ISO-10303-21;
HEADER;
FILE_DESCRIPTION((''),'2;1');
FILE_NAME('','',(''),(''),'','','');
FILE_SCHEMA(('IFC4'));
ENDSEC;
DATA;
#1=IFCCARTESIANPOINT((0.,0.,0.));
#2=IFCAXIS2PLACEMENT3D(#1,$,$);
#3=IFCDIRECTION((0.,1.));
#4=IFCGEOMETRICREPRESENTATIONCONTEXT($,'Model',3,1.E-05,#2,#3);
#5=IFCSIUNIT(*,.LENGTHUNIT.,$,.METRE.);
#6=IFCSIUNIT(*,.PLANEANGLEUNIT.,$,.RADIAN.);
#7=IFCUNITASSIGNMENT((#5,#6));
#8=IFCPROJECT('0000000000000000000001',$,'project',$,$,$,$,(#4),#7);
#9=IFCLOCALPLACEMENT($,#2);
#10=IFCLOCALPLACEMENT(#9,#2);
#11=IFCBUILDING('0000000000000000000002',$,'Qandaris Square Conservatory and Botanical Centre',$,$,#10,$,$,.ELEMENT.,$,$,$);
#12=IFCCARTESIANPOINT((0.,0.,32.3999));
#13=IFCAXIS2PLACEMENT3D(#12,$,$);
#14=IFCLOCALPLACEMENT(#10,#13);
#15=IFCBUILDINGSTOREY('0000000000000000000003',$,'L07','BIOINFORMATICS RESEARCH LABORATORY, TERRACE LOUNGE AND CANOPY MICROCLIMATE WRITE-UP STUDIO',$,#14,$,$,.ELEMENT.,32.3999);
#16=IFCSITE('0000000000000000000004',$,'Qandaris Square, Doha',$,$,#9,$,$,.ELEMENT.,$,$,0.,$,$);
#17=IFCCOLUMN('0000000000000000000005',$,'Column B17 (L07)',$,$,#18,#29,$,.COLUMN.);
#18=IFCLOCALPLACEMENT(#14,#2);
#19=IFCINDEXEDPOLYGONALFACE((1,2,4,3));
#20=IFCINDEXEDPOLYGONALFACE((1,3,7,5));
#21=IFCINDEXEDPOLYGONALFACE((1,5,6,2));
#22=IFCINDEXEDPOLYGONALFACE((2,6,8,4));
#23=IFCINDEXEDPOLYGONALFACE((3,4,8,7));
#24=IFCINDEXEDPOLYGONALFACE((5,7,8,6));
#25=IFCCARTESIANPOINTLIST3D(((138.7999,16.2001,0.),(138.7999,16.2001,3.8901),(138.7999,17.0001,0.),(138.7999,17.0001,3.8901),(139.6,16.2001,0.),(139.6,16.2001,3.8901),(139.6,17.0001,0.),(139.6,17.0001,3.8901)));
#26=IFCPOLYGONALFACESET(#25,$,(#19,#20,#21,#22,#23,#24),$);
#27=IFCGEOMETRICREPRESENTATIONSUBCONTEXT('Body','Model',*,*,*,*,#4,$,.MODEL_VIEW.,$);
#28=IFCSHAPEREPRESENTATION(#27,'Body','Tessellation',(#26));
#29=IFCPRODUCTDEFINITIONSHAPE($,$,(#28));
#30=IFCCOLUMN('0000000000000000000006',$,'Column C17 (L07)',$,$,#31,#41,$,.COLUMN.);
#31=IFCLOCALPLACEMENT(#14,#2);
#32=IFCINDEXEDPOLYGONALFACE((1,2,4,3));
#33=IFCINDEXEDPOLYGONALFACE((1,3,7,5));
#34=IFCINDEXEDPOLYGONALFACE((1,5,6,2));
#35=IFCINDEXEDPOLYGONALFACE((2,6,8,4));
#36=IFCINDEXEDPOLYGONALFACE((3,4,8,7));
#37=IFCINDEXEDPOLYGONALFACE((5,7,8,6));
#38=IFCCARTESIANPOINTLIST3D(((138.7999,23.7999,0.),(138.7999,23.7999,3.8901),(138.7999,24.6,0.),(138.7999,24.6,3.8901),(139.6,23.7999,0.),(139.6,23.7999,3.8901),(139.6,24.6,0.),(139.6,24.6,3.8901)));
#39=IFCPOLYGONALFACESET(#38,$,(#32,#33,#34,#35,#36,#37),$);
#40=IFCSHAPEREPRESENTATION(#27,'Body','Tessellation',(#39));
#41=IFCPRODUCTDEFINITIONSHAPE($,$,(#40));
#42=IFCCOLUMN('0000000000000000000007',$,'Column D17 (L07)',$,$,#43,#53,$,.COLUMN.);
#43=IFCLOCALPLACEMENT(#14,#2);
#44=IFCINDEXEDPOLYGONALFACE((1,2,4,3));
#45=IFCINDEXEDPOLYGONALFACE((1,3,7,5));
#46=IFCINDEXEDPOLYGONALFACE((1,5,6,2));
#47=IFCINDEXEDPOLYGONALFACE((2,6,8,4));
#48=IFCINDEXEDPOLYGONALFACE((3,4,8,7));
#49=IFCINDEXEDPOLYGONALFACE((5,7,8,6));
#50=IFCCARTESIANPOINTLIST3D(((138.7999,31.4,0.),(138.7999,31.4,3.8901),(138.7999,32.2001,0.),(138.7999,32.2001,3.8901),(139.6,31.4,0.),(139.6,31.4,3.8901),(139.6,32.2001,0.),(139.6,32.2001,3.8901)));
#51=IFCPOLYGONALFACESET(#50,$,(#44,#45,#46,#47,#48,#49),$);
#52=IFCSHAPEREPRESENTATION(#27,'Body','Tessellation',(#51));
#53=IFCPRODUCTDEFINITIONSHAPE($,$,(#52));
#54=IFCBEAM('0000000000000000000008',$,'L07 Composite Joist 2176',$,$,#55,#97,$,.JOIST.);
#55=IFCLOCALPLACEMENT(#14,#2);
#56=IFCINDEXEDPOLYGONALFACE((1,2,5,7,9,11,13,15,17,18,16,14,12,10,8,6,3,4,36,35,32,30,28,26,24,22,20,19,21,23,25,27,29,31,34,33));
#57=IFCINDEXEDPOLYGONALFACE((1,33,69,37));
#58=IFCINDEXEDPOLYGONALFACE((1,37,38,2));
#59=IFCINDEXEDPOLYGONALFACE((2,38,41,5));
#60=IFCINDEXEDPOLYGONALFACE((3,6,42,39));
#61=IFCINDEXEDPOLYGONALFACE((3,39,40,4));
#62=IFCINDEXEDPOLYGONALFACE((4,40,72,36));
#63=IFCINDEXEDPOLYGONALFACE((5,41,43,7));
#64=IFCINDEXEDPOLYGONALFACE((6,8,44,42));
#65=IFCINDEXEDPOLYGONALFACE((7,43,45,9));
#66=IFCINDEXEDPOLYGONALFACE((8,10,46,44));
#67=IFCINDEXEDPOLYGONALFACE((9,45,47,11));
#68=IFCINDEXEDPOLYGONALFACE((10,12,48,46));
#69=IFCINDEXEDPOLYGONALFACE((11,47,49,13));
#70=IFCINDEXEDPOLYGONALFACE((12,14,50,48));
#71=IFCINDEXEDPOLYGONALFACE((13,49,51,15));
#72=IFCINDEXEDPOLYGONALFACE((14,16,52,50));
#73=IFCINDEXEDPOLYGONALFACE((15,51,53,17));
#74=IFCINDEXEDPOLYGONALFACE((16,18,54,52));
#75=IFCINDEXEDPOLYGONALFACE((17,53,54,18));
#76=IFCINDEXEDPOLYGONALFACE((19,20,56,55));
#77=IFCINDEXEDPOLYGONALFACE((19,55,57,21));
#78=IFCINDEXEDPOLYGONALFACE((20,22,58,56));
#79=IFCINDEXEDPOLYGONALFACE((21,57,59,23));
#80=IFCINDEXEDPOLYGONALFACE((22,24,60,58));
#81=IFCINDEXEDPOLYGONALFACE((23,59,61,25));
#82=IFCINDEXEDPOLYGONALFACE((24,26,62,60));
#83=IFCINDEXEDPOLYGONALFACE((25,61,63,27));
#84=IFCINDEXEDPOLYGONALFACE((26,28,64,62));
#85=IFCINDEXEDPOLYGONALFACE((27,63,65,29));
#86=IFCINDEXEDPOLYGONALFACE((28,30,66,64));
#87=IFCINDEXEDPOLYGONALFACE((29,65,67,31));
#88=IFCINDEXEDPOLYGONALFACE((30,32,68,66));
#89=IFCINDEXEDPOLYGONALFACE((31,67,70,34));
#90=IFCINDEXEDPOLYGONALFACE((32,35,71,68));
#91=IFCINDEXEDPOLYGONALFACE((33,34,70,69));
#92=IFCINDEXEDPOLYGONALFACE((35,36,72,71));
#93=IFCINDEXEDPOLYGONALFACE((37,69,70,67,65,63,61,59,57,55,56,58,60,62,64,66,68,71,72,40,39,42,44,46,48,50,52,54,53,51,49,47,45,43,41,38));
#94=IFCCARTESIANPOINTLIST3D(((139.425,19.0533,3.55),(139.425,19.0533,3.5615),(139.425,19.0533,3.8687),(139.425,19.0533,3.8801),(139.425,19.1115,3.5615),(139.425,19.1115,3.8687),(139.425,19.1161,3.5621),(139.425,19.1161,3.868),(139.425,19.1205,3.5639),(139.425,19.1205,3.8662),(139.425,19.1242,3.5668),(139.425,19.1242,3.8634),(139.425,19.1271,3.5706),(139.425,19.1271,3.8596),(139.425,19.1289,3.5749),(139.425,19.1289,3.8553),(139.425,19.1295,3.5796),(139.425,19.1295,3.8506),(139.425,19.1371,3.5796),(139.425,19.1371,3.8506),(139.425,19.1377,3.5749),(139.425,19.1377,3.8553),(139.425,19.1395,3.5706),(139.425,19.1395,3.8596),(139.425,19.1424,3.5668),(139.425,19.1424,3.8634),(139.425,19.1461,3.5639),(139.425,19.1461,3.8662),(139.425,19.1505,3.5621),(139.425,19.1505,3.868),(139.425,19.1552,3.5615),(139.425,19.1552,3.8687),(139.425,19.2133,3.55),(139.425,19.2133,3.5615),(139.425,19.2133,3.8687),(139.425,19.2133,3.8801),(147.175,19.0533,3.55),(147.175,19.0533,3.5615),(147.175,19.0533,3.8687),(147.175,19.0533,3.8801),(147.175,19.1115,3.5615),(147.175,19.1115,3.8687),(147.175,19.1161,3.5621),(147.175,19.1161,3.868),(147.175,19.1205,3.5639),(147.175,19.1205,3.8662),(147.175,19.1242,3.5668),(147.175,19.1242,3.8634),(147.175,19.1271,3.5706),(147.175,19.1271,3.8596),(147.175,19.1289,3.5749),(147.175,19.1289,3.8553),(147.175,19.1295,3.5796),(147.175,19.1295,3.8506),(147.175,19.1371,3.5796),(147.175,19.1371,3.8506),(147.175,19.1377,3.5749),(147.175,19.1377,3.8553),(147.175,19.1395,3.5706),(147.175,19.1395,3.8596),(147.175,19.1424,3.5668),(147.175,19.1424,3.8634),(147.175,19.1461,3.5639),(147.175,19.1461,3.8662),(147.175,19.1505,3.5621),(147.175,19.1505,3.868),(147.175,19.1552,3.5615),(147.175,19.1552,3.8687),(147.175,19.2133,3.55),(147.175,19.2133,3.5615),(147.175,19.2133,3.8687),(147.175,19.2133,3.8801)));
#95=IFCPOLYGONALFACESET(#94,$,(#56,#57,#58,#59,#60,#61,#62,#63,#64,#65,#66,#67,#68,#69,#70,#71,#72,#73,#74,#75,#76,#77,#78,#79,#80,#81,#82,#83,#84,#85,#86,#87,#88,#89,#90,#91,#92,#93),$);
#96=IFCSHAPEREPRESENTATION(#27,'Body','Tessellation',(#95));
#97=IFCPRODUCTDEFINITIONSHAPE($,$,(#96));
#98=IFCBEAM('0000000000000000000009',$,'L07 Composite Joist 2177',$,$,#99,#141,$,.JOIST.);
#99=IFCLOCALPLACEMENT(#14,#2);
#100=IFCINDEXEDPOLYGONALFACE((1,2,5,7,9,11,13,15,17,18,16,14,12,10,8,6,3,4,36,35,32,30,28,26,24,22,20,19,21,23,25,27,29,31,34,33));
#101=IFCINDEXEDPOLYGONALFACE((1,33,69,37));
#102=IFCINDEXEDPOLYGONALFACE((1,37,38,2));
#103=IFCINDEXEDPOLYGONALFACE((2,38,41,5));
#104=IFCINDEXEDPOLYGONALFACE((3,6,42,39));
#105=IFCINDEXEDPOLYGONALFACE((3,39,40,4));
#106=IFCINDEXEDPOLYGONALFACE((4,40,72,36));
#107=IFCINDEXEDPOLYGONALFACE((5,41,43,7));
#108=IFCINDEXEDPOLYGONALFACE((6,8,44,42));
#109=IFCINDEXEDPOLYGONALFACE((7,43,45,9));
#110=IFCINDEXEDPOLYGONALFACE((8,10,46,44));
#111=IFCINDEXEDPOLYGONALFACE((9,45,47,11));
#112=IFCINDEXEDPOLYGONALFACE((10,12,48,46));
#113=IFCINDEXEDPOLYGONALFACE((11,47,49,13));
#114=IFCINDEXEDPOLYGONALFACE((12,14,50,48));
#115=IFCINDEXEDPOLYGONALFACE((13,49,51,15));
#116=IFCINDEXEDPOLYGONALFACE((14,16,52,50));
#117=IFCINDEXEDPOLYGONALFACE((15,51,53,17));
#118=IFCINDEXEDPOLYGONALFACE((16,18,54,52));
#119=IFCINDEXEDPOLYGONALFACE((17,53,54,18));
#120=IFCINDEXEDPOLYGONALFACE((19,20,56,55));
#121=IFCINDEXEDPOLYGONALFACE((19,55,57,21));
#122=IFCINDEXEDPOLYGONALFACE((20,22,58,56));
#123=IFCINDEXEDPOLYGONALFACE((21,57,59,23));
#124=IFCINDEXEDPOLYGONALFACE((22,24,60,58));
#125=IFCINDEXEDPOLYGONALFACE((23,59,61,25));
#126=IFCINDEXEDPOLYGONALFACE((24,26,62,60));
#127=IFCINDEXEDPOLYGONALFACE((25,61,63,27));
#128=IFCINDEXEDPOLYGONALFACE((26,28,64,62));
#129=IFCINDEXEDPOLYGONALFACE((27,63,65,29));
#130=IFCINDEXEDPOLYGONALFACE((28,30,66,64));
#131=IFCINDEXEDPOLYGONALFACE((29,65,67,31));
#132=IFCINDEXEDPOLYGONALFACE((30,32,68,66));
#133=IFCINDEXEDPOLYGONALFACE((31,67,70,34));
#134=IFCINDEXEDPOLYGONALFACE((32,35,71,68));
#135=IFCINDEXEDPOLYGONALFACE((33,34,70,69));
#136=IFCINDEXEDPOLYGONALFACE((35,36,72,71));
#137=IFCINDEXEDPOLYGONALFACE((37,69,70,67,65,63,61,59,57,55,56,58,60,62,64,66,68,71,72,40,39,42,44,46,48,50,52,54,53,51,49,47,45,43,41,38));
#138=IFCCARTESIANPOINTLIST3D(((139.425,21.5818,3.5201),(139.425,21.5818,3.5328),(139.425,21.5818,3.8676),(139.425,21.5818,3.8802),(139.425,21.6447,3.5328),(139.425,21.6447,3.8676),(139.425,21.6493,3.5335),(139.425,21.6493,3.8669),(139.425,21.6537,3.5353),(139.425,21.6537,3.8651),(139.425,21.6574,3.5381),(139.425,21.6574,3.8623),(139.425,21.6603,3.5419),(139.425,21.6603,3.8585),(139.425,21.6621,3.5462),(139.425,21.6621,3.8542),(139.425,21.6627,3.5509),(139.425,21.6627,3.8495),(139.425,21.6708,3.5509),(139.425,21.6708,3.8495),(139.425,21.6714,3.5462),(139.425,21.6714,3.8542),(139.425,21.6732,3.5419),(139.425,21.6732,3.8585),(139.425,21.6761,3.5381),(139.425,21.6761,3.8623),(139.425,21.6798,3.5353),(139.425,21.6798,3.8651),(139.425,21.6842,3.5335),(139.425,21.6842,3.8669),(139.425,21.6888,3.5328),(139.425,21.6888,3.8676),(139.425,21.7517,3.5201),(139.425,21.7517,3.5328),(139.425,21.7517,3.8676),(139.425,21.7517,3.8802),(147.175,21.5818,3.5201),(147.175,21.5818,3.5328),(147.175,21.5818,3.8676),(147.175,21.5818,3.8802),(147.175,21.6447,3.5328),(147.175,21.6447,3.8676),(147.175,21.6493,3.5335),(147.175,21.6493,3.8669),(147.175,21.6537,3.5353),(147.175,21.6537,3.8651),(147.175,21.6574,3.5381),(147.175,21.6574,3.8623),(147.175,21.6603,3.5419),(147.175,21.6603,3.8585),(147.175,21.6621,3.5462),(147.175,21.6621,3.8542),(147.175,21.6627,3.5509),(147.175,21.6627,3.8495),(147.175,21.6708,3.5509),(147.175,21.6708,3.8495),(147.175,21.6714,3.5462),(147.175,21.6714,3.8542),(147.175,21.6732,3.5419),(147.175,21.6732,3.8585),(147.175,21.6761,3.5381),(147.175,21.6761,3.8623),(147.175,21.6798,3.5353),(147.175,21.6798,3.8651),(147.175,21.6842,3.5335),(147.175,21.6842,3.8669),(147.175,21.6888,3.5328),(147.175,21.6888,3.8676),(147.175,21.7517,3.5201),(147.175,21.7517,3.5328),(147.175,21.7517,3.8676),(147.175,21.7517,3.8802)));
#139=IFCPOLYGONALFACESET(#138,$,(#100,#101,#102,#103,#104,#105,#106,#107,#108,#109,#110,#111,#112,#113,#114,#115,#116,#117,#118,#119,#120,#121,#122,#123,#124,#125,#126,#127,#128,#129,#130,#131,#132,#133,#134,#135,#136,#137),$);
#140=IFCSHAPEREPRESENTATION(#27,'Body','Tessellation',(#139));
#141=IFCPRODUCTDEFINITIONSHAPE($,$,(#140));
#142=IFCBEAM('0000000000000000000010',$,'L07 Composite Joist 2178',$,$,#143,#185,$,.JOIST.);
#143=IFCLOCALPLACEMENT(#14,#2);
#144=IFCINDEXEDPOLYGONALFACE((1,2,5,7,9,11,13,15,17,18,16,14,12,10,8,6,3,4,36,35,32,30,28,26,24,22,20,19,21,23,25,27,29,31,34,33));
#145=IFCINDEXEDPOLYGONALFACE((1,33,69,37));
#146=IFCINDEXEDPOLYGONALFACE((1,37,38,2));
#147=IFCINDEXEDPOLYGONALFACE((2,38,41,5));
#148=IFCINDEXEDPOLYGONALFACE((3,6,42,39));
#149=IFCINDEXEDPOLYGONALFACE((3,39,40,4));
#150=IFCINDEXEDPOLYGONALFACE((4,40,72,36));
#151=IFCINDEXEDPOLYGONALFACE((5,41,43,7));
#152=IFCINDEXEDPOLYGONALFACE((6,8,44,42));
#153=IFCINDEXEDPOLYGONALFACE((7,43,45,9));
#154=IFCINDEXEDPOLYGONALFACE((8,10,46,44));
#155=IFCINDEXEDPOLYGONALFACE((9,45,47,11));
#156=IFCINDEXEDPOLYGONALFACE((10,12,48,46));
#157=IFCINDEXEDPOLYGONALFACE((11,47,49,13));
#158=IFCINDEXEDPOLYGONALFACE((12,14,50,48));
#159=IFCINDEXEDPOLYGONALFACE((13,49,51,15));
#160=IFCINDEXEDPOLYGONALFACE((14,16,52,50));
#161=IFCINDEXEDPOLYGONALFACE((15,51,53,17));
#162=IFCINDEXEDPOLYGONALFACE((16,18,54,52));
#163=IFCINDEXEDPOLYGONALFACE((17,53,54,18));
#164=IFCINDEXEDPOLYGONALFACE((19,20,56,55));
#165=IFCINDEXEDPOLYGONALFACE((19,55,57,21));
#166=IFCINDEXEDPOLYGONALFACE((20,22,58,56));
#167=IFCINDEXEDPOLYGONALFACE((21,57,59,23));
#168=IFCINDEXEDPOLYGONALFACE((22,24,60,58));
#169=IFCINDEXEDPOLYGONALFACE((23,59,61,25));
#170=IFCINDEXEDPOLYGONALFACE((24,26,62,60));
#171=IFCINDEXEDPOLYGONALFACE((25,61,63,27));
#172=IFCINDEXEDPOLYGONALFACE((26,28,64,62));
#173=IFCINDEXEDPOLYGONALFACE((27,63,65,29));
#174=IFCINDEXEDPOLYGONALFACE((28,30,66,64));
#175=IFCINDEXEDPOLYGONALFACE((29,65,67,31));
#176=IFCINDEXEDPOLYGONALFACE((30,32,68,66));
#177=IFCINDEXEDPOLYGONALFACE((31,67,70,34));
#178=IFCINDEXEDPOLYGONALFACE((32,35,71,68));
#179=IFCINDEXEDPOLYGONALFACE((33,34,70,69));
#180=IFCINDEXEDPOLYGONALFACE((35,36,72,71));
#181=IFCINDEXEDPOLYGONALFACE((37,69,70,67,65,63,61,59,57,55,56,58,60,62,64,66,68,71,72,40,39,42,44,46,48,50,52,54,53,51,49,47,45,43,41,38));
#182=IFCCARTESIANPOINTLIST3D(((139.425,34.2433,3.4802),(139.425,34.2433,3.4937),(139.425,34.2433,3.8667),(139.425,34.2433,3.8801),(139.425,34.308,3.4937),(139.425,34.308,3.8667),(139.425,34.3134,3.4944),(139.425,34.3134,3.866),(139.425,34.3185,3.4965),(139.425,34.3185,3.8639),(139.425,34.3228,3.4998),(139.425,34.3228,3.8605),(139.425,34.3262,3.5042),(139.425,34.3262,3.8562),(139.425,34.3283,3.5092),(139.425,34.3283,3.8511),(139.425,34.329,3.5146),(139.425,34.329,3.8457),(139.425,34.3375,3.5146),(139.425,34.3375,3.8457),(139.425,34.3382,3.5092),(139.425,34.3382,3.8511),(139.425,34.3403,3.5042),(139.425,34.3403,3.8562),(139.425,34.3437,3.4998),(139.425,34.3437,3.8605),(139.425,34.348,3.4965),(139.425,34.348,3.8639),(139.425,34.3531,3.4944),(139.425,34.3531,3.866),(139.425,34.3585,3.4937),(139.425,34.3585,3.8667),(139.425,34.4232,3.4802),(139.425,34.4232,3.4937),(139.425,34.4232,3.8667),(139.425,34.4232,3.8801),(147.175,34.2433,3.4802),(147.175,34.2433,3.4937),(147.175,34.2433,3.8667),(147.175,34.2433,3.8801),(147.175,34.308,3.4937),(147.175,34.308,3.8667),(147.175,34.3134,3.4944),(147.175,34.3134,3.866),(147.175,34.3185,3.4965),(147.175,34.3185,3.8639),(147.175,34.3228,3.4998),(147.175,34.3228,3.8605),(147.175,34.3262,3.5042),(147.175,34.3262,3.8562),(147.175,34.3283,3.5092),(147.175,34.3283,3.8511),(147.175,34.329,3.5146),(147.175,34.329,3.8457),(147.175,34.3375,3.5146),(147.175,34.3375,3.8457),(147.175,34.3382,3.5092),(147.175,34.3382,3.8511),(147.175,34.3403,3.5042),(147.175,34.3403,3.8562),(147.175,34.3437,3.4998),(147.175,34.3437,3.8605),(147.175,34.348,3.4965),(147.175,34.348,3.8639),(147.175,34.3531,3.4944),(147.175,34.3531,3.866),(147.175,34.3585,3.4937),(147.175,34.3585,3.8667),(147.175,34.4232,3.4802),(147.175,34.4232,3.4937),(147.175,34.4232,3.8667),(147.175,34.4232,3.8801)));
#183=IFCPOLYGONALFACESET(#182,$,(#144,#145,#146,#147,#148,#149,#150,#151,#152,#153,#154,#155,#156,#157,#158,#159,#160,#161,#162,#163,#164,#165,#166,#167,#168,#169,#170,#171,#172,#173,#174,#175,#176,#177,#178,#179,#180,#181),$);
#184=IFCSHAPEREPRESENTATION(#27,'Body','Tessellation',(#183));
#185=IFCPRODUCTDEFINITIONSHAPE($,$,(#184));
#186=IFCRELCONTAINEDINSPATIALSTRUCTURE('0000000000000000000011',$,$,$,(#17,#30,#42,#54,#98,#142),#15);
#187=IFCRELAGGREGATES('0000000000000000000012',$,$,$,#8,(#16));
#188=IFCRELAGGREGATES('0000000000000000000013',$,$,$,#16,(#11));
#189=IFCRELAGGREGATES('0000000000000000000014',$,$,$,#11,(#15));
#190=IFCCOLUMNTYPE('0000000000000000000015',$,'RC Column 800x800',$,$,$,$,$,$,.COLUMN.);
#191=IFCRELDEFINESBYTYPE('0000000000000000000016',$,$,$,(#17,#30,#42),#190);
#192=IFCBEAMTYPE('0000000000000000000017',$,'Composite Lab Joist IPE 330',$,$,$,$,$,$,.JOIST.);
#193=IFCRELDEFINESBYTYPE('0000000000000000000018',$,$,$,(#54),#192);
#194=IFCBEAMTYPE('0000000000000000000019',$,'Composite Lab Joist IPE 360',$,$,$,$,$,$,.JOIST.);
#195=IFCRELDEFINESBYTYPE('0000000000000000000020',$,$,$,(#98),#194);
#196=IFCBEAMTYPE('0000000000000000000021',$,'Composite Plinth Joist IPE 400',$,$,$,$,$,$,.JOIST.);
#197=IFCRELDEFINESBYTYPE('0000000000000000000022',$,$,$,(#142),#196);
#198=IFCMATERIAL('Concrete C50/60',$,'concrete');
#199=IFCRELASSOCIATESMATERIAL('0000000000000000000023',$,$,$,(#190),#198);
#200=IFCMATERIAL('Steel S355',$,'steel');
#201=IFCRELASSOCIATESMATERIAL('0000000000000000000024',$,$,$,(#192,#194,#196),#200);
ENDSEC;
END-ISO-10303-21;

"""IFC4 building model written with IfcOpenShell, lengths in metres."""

from ifc_helpers import new_model, si_unit, direction, frame, origin, origin_2d, place, context, subcontext, project, spatial, rectangle, i_section, extrude, material, material_profile, profile_set, type_object, element, save


model = new_model("IFC4")

# Units and contexts
model_context = context("Model", 3, precision=1e-05, world=origin(), true_north=direction((0.0, 1.0)))
body_context = subcontext(model_context, "Body", "Model", "MODEL_VIEW")
ifc_project = project(units=[si_unit("LENGTHUNIT", "METRE"), si_unit("PLANEANGLEUNIT", "RADIAN")], contexts=[model_context])

# Site, building, storey
site_placement = place(None, origin())
site = spatial("IfcSite", under=ifc_project, at=site_placement, Name="Qandaris Square, Doha", CompositionType="ELEMENT", RefElevation=0.0)
building_placement = place(site_placement, origin())
building = spatial("IfcBuilding", under=site, at=building_placement, Name="Qandaris Square Conservatory and Botanical Centre", CompositionType="ELEMENT")
storey_placement = place(building_placement, frame((0.0, 0.0, 32.3999)))
storey = spatial("IfcBuildingStorey", under=building, at=storey_placement, Name="L07", Description="BIOINFORMATICS RESEARCH LABORATORY, TERRACE LOUNGE AND CANOPY MICROCLIMATE WRITE-UP STUDIO", CompositionType="ELEMENT", Elevation=32.3999)

# Columns
ifc_material_1 = material(Name="Concrete C50/60", Category="concrete")
ifc_material_profile_1 = material_profile(ifc_material_1, rectangle(XDim=0.8, YDim=0.8, at=origin_2d()), Name="RC-COL 800x800")
ifc_profile_set_1 = profile_set([ifc_material_profile_1], Name="Concrete C50/60")
column_type = type_object("IfcColumnType", Name="RC Column 800x800", PredefinedType="COLUMN", material=ifc_profile_set_1)
for number, where, z_axis, x_axis, name in (
    (1, (139.2, 16.6001, 0.0), (0.0, 0.0, 1.0), (1.0, 0.0, 0.0), "Column B17 (L07)"),
    (2, (139.2, 24.2, 0.0), (0.0, 0.0, 1.0), (1.0, 0.0, 0.0), "Column C17 (L07)"),
    (3, (139.2, 31.8, 0.0), (0.0, 0.0, 1.0), (1.0, 0.0, 0.0), "Column D17 (L07)"),
):
    element("IfcColumn", number, at=place(storey_placement, frame(where, z_axis=z_axis, x_axis=x_axis)), inside=storey, type_object=column_type, Name=name, PredefinedType="COLUMN", context=body_context, shape_type="SweptSolid", body=[
        extrude(rectangle(XDim=0.8, YDim=0.8, at=origin_2d()), origin(), (0.0, 0.0, 1.0), 3.8901),
    ])

# Beams
ifc_material_2 = material(Name="Steel S355", Category="steel")
ifc_material_profile_2 = material_profile(ifc_material_2, i_section(OverallWidth=0.1599, OverallDepth=0.3301, WebThickness=0.0076, FlangeThickness=0.0115, FilletRadius=0.0181, at=origin_2d()), Name="IPE 330")
ifc_profile_set_2 = profile_set([ifc_material_profile_2], Name="Steel S355")
beam_type_1 = type_object("IfcBeamType", Name="Composite Lab Joist IPE 330", PredefinedType="JOIST", material=ifc_profile_set_2)
beam_1_placement = place(storey_placement, frame((139.425, 19.1333, 3.7151), z_axis=(1.0, 0.0, 0.0), x_axis=(0.0, 1.0, 0.0)))
element("IfcBeam", 4, at=beam_1_placement, inside=storey, type_object=beam_type_1, Name="L07 Composite Joist 2176", PredefinedType="JOIST", context=body_context, shape_type="SweptSolid", body=[
    extrude(i_section(OverallWidth=0.1599, OverallDepth=0.3301, WebThickness=0.0076, FlangeThickness=0.0115, FilletRadius=0.0181, at=origin_2d()), origin(), (0.0, 0.0, 1.0), 7.75),
])
ifc_material_profile_3 = material_profile(ifc_material_2, i_section(OverallWidth=0.1699, OverallDepth=0.3601, WebThickness=0.0081, FlangeThickness=0.0127, FilletRadius=0.0181, at=origin_2d()), Name="IPE 360")
ifc_profile_set_3 = profile_set([ifc_material_profile_3], Name="Steel S355")
beam_type_2 = type_object("IfcBeamType", Name="Composite Lab Joist IPE 360", PredefinedType="JOIST", material=ifc_profile_set_3)
beam_2_placement = place(storey_placement, frame((139.425, 21.6667, 3.7002), z_axis=(1.0, 0.0, 0.0), x_axis=(0.0, 1.0, 0.0)))
element("IfcBeam", 5, at=beam_2_placement, inside=storey, type_object=beam_type_2, Name="L07 Composite Joist 2177", PredefinedType="JOIST", context=body_context, shape_type="SweptSolid", body=[
    extrude(i_section(OverallWidth=0.1699, OverallDepth=0.3601, WebThickness=0.0081, FlangeThickness=0.0127, FilletRadius=0.0181, at=origin_2d()), origin(), (0.0, 0.0, 1.0), 7.75),
])
ifc_material_profile_4 = material_profile(ifc_material_2, i_section(OverallWidth=0.1799, OverallDepth=0.3999, WebThickness=0.0085, FlangeThickness=0.0134, FilletRadius=0.021, at=origin_2d()), Name="IPE 400")
ifc_profile_set_4 = profile_set([ifc_material_profile_4], Name="Steel S355")
beam_type_3 = type_object("IfcBeamType", Name="Composite Plinth Joist IPE 400", PredefinedType="JOIST", material=ifc_profile_set_4)
beam_3_placement = place(storey_placement, frame((139.425, 34.3333, 3.6802), z_axis=(1.0, 0.0, 0.0), x_axis=(0.0, 1.0, 0.0)))
element("IfcBeam", 6, at=beam_3_placement, inside=storey, type_object=beam_type_3, Name="L07 Composite Joist 2178", PredefinedType="JOIST", context=body_context, shape_type="SweptSolid", body=[
    extrude(i_section(OverallWidth=0.1799, OverallDepth=0.3999, WebThickness=0.0085, FlangeThickness=0.0134, FilletRadius=0.021, at=origin_2d()), origin(), (0.0, 0.0, 1.0), 7.75),
])

save(model, "model.ifc")
